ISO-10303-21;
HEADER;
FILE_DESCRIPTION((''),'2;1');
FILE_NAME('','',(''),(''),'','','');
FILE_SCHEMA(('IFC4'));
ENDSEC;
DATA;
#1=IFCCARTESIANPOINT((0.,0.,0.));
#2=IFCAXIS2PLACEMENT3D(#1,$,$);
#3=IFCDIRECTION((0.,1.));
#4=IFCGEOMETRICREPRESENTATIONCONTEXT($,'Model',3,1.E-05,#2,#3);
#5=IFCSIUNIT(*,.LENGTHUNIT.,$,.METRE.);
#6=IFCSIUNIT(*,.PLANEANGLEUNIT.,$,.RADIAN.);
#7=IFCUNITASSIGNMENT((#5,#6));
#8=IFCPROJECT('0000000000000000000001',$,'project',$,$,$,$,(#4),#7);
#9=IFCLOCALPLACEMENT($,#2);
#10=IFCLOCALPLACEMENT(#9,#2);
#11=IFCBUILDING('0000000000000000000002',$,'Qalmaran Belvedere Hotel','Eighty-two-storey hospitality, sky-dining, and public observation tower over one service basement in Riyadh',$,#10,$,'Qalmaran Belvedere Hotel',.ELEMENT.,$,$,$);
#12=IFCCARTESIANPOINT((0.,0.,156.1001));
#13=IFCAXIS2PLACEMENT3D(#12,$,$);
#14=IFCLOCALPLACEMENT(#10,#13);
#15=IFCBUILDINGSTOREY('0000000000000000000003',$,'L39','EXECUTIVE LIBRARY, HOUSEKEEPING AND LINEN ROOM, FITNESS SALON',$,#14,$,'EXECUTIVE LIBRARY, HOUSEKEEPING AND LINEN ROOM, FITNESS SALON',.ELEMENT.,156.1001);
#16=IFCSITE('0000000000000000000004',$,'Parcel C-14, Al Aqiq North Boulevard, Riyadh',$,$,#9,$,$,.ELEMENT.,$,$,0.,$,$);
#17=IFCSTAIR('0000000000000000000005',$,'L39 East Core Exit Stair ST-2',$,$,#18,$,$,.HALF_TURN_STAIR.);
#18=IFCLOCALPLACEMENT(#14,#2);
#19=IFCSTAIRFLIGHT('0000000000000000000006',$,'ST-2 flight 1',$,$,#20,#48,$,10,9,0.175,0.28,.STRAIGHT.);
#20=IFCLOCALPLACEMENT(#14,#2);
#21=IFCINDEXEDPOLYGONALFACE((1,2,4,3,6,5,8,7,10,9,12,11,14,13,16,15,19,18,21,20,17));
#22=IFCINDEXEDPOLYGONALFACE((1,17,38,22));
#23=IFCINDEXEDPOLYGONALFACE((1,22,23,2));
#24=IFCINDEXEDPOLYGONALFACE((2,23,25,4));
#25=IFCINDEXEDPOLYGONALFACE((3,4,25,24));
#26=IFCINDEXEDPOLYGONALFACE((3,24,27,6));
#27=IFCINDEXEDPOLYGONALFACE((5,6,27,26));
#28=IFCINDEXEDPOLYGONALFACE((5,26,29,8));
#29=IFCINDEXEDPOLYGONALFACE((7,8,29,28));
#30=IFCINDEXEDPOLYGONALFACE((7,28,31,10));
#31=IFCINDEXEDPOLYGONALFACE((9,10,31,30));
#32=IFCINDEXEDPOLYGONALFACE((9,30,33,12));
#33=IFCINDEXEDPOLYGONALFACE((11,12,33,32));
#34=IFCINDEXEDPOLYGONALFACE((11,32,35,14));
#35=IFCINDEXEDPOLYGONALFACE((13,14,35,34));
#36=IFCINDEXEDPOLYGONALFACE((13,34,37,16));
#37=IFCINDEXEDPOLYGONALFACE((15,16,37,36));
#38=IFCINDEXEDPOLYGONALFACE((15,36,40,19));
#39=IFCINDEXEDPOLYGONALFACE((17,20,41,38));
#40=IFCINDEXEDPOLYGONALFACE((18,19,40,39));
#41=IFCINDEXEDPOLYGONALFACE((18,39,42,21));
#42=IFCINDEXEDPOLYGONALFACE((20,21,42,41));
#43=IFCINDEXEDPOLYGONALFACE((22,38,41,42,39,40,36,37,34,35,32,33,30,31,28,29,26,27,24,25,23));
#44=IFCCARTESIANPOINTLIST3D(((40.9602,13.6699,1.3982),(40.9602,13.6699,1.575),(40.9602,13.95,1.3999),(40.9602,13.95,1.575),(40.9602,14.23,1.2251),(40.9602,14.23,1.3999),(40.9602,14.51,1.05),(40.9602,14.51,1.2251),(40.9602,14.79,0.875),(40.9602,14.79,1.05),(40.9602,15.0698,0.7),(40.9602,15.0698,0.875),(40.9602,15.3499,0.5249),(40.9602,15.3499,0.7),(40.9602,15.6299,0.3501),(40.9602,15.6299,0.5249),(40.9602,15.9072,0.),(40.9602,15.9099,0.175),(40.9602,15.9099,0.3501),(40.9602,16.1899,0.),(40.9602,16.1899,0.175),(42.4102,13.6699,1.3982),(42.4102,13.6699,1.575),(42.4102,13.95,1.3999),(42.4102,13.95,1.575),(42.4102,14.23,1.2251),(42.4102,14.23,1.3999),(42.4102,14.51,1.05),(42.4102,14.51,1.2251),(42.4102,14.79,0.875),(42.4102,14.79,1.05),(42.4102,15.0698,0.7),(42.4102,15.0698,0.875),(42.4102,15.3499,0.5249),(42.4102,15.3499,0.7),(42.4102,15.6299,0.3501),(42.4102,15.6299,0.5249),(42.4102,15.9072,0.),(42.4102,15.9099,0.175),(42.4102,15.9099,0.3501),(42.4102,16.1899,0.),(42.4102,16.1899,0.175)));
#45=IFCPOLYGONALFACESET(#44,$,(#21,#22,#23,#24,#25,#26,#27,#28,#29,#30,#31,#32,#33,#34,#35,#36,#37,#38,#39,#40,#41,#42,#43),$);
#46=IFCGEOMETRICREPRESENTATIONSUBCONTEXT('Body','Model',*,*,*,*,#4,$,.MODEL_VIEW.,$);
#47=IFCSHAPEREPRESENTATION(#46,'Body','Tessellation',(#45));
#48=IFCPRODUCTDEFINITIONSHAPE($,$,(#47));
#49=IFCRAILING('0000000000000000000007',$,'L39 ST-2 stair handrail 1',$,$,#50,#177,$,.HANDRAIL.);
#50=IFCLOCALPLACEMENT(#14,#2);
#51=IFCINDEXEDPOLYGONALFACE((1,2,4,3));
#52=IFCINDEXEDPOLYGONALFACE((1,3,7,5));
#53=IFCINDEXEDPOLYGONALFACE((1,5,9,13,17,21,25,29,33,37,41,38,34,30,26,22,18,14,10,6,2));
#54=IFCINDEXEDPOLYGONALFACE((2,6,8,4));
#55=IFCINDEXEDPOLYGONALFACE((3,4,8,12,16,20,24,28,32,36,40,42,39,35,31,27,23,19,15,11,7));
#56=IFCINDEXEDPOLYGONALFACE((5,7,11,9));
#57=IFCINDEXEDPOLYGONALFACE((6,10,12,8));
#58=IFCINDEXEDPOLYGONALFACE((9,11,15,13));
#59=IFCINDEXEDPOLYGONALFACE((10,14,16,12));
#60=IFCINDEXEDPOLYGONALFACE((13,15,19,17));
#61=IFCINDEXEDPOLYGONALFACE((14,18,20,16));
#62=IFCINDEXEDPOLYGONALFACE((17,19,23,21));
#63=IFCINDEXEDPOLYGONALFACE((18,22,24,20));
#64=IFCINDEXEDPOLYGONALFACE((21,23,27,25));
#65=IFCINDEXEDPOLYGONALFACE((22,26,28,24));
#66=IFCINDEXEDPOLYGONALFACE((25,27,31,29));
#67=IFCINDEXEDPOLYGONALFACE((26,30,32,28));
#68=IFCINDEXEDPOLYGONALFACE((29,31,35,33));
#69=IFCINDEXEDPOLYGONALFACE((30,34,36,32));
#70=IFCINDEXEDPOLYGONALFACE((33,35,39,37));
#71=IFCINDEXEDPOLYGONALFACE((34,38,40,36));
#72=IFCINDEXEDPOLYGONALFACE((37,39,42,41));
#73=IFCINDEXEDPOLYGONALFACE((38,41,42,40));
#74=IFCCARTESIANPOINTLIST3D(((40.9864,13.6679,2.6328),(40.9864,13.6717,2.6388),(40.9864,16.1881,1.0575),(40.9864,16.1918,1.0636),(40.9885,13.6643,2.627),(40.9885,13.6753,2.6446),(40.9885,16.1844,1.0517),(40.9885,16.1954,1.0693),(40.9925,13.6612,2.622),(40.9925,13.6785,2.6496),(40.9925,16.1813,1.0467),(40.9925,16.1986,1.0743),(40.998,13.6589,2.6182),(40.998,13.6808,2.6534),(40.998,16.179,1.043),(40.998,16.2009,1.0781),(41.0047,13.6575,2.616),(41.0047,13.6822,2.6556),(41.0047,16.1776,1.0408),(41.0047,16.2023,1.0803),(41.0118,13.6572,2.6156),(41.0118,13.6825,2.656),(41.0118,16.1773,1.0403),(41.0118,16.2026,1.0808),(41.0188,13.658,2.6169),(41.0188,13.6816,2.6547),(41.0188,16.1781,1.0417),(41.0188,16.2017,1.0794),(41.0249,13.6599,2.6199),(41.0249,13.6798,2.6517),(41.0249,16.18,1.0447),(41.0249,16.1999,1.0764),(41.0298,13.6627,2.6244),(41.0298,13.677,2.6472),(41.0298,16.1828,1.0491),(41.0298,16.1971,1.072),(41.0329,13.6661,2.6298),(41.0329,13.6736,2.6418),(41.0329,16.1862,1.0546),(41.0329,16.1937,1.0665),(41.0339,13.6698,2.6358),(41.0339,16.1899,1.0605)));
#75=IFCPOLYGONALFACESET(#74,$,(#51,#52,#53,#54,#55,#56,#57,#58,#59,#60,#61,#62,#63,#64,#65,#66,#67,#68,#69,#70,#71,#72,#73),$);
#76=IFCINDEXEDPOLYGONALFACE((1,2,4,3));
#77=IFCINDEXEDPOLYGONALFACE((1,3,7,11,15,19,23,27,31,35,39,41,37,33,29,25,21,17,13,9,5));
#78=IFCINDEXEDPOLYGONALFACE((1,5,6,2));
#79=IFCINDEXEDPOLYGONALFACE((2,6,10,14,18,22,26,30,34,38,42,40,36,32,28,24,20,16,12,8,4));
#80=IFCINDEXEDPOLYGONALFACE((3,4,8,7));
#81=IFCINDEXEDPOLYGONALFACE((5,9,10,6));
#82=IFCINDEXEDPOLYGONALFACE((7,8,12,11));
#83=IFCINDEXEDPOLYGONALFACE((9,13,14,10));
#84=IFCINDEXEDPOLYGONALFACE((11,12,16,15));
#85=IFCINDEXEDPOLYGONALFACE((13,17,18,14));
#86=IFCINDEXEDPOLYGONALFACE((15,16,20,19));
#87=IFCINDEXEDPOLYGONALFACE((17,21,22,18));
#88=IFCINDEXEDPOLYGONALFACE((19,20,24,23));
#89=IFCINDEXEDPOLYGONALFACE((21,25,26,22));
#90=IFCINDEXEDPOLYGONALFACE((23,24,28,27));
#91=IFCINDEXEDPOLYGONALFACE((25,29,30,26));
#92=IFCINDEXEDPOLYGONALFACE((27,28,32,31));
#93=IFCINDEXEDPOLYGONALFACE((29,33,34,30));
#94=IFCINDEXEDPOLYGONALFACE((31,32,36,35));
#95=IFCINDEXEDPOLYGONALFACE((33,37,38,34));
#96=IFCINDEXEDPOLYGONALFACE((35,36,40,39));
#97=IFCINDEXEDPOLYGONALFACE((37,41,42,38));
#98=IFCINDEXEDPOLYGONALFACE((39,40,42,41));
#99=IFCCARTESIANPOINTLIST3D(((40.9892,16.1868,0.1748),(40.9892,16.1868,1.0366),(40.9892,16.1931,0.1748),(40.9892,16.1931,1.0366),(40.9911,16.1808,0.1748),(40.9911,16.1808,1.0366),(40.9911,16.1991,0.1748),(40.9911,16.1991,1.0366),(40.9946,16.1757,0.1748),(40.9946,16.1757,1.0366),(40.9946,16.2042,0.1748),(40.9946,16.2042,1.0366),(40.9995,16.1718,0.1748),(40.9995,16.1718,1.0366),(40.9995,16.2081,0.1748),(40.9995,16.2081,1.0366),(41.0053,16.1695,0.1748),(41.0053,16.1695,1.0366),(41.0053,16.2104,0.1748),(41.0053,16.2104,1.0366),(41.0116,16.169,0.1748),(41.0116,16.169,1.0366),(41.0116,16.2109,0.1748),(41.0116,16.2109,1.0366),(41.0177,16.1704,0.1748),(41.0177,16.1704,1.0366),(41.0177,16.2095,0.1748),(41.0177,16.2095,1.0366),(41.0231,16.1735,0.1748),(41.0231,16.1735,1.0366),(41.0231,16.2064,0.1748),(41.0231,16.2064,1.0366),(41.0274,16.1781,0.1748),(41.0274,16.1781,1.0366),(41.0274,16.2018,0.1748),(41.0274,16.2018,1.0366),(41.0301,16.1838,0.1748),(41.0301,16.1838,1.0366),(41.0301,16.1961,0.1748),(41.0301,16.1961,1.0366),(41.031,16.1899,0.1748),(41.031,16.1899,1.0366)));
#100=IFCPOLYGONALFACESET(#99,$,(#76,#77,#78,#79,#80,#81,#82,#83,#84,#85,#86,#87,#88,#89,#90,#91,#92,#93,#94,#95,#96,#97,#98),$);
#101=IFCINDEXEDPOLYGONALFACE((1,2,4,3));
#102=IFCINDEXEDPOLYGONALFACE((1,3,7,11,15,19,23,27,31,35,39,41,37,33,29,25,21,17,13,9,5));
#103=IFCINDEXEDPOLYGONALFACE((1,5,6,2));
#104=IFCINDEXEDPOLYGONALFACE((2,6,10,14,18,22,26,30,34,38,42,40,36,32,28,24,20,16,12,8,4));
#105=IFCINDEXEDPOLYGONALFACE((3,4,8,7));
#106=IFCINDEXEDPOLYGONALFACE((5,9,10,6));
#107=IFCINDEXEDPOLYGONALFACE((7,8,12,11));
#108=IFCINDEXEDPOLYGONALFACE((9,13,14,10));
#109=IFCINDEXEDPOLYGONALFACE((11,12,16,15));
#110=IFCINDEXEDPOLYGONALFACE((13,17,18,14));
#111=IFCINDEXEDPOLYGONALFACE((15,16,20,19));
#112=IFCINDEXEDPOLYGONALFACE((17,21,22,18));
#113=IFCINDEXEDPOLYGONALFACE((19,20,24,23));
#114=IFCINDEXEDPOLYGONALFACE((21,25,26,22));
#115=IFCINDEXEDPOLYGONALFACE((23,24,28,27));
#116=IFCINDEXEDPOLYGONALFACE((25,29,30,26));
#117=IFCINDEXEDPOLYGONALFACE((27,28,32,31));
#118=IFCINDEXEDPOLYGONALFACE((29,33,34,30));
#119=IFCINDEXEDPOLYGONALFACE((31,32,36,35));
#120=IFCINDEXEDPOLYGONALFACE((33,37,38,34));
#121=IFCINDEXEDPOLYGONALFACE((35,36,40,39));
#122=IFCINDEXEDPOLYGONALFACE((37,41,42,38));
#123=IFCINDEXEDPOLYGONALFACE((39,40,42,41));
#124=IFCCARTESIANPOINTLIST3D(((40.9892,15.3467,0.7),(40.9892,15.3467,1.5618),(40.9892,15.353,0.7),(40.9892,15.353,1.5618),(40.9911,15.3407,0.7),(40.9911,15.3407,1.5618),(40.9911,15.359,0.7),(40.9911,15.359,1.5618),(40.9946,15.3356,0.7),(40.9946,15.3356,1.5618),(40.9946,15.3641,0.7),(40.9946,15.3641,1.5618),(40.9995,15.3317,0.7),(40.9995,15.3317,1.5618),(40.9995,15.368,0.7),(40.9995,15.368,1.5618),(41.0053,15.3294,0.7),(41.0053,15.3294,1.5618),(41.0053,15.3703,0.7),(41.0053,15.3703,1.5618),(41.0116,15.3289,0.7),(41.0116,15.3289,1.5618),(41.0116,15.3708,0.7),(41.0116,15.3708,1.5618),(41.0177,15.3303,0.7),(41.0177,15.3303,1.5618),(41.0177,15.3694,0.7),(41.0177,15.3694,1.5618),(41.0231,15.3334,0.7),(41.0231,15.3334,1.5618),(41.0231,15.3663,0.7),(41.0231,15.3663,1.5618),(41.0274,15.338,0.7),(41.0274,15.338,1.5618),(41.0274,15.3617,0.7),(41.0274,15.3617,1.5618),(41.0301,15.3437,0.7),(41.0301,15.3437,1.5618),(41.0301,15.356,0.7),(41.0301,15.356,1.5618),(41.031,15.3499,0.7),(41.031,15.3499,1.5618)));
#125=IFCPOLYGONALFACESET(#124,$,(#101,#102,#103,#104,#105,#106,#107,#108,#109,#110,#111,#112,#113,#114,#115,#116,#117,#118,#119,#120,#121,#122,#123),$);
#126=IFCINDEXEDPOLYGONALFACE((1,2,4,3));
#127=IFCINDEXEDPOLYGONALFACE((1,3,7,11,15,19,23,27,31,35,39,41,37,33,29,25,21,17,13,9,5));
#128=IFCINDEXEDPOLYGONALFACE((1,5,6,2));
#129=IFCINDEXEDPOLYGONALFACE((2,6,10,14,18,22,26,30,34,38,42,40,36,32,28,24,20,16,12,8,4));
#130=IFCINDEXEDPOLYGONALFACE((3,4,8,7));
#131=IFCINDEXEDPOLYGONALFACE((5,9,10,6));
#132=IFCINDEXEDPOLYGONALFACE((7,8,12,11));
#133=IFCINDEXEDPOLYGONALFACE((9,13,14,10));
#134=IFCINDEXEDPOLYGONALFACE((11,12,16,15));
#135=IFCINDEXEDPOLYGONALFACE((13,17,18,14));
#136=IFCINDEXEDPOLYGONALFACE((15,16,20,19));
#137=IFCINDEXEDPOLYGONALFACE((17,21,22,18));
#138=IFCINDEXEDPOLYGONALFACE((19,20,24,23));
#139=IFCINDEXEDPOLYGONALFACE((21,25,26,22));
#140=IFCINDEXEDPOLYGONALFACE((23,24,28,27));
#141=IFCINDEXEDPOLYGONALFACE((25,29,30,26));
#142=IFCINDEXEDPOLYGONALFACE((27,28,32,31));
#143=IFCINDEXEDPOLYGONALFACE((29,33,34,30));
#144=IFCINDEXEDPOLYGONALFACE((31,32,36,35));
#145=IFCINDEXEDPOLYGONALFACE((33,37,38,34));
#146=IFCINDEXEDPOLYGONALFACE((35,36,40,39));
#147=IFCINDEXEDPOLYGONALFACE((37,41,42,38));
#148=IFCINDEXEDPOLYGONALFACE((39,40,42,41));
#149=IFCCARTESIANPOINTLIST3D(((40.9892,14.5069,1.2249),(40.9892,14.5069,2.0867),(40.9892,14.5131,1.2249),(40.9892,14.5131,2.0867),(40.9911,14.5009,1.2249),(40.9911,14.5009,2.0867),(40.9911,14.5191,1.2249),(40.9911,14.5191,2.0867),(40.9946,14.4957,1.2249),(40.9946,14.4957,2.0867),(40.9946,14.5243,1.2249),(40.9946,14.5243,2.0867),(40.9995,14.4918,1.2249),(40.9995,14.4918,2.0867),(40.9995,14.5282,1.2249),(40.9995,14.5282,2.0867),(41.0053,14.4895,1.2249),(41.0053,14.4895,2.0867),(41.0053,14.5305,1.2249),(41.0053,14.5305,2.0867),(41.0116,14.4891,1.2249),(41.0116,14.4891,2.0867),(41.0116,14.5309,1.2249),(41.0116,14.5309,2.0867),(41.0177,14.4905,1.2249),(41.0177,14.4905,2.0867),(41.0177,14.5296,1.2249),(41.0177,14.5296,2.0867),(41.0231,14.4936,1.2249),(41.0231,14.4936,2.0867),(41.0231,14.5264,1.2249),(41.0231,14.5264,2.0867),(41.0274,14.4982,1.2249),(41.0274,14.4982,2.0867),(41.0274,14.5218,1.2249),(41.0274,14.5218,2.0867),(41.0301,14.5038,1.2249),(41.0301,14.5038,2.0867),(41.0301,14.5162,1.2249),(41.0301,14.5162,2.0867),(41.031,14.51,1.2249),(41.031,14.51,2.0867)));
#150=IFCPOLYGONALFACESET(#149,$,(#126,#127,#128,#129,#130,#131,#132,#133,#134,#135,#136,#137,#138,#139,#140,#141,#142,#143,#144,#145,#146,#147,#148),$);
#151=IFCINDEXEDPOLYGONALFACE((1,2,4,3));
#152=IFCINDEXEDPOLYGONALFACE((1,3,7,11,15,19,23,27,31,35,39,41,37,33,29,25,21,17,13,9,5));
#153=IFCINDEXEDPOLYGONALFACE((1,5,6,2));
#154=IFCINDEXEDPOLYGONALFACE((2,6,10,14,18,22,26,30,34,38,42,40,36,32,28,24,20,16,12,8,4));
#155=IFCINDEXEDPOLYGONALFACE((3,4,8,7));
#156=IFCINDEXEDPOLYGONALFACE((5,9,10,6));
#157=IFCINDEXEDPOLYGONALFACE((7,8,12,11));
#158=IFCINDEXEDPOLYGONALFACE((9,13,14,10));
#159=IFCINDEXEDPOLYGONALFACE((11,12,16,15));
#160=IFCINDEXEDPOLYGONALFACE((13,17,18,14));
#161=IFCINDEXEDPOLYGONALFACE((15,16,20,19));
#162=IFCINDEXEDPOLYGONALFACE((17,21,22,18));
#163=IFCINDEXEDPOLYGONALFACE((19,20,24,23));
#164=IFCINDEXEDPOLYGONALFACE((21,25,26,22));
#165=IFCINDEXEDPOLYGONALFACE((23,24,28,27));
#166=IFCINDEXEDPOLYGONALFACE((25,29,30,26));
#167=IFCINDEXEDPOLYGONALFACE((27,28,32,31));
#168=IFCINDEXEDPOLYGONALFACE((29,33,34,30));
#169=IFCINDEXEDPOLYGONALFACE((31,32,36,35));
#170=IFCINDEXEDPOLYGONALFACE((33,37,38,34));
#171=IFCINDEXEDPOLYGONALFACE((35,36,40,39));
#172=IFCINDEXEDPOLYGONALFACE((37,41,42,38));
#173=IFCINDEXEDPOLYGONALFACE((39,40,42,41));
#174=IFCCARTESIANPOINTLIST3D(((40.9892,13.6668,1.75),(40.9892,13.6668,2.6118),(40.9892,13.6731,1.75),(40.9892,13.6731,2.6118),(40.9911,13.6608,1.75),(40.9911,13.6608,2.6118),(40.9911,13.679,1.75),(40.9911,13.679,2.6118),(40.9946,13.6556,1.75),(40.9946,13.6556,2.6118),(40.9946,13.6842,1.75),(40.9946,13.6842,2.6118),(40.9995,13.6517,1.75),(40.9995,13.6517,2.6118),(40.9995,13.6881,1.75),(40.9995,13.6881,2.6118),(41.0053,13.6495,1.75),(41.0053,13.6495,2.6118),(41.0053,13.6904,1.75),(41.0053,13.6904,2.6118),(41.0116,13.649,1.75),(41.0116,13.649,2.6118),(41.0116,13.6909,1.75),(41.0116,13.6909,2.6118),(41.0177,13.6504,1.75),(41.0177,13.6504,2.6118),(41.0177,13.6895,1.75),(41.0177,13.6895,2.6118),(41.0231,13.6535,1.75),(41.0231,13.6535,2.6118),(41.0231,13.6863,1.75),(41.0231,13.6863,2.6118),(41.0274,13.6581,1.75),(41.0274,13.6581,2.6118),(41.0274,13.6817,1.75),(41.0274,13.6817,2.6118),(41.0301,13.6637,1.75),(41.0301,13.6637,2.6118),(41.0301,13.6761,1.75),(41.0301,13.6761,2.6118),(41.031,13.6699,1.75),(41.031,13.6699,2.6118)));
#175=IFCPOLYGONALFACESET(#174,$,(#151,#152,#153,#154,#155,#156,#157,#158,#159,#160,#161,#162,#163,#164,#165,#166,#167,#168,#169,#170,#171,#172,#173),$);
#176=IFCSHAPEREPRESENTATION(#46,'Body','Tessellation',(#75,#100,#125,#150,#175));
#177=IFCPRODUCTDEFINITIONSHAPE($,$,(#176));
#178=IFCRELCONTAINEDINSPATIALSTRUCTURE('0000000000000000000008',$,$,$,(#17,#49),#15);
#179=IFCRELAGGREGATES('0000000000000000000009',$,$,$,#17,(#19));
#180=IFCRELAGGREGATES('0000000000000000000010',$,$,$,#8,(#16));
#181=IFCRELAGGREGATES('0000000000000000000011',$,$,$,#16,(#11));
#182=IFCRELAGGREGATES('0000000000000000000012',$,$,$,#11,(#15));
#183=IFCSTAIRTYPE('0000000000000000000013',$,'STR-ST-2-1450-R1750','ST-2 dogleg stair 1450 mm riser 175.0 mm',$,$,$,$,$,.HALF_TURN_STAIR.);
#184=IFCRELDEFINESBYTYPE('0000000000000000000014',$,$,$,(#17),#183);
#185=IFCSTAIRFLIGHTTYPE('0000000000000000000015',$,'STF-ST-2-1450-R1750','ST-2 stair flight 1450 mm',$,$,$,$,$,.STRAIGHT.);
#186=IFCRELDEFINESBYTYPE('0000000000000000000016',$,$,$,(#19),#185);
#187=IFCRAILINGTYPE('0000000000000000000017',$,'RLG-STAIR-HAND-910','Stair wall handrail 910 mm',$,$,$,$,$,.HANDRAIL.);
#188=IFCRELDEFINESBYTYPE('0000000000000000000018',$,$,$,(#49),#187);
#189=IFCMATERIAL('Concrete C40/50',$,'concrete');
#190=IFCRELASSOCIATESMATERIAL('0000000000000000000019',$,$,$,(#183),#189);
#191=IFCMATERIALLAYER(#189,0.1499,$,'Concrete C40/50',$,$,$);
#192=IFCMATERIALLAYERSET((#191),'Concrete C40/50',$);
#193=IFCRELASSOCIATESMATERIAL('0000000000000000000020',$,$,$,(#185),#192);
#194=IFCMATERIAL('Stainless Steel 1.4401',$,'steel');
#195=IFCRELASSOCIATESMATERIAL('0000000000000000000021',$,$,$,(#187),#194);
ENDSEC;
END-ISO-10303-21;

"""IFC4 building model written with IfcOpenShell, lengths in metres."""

from ifc_helpers import new_model, si_unit, direction, frame, origin, origin_2d, place, context, subcontext, project, spatial, polyline, circle, outline, extrude, material, layer, layer_set, type_object, element, aggregate, save


model = new_model("IFC4")

# Units and contexts
model_context = context("Model", 3, precision=1e-05, world=origin(), true_north=direction((0.0, 1.0)))
body_context = subcontext(model_context, "Body", "Model", "MODEL_VIEW")
ifc_project = project(units=[si_unit("LENGTHUNIT", "METRE"), si_unit("PLANEANGLEUNIT", "RADIAN")], contexts=[model_context])

# Site, building, storey
site_placement = place(None, origin())
site = spatial("IfcSite", under=ifc_project, at=site_placement, Name="Parcel C-14, Al Aqiq North Boulevard, Riyadh", CompositionType="ELEMENT", RefElevation=0.0)
building_placement = place(site_placement, origin())
building = spatial("IfcBuilding", under=site, at=building_placement, Name="Qalmaran Belvedere Hotel", Description="Eighty-two-storey hospitality, sky-dining, and public observation tower over one service basement in Riyadh", LongName="Qalmaran Belvedere Hotel", CompositionType="ELEMENT")
storey_placement = place(building_placement, frame((0.0, 0.0, 156.1001)))
storey = spatial("IfcBuildingStorey", under=building, at=storey_placement, Name="L39", Description="EXECUTIVE LIBRARY, HOUSEKEEPING AND LINEN ROOM, FITNESS SALON", LongName="EXECUTIVE LIBRARY, HOUSEKEEPING AND LINEN ROOM, FITNESS SALON", CompositionType="ELEMENT", Elevation=156.1001)

# Shared definitions
ifc_material_1 = material(Name="Stainless Steel 1.4401", Category="steel")

# Stair, stair flight
ifc_material_2 = material(Name="Concrete C40/50", Category="concrete")
stair_type = type_object("IfcStairType", Name="STR-ST-2-1450-R1750", Description="ST-2 dogleg stair 1450 mm riser 175.0 mm", PredefinedType="HALF_TURN_STAIR", material=ifc_material_2)
stair_placement = place(storey_placement, origin())
stair = element("IfcStair", 1, at=stair_placement, inside=storey, type_object=stair_type, Name="L39 East Core Exit Stair ST-2", PredefinedType="HALF_TURN_STAIR")
ifc_layer_1 = layer(ifc_material_2, 0.1499, Name="Concrete C40/50")
ifc_layer_set_1 = layer_set([ifc_layer_1], Name="Concrete C40/50")
stair_flight_type = type_object("IfcStairFlightType", Name="STF-ST-2-1450-R1750", Description="ST-2 stair flight 1450 mm", PredefinedType="STRAIGHT", material=ifc_layer_set_1)
stair_flight_placement = place(storey_placement, frame((41.6851, 16.1899, 0.0), z_axis=(0.0, 0.0, 1.0), x_axis=(0.0, -1.0, 0.0)))
stair_flight = element("IfcStairFlight", 2, at=stair_flight_placement, type_object=stair_flight_type, Name="ST-2 flight 1", NumberOfRisers=10, NumberOfTreads=9, PredefinedType="STRAIGHT", RiserHeight=0.175, TreadLength=0.28, context=body_context, shape_type="SweptSolid", body=[
    extrude(outline(polyline([(0.0, 0.0), (0.0, 0.175), (0.28, 0.175), (0.28, 0.3501), (0.5601, 0.3501), (0.5601, 0.5249), (0.8401, 0.5249), (0.8401, 0.7), (1.1201, 0.7), (1.1201, 0.875), (1.3999, 0.875), (1.3999, 1.05), (1.6799, 1.05), (1.6799, 1.2251), (1.96, 1.2251), (1.96, 1.3999), (2.24, 1.3999), (2.24, 1.575), (2.52, 1.575), (2.52, 1.75), (2.52, 1.3982), (0.2827, 0.0), (0.0, 0.0)])), frame((0.0, 0.7251, 0.0), z_axis=(0.0, -1.0, 0.0), x_axis=(1.0, 0.0, 0.0)), (0.0, 0.0, 1.0), 1.45),
])
aggregate(stair, [stair_flight])

# Railing
railing_type = type_object("IfcRailingType", Name="RLG-STAIR-HAND-910", Description="Stair wall handrail 910 mm", PredefinedType="HANDRAIL", material=ifc_material_1)
railing_placement = place(storey_placement, frame((41.01, 16.1899, 0.1748)))
element("IfcRailing", 3, at=railing_placement, inside=storey, type_object=railing_type, Name="L39 ST-2 stair handrail 1", PredefinedType="HANDRAIL", context=body_context, shape_type="SweptSolid", body=[
    extrude(circle(Radius=0.0239, at=origin_2d()), frame((0.0, 0.0, 0.8857), z_axis=(0.0, -0.847971, 0.530043), x_axis=(1.0, 0.0, 0.0)), (0.0, 0.0, 1.0), 2.9719),
    extrude(circle(Radius=0.021, at=origin_2d()), origin(), (0.0, 0.0, 1.0), 0.8618),
    extrude(circle(Radius=0.021, at=origin_2d()), frame((0.0, -0.8401, 0.5251)), (0.0, 0.0, 1.0), 0.8618),
    extrude(circle(Radius=0.021, at=origin_2d()), frame((0.0, -1.6799, 1.05)), (0.0, 0.0, 1.0), 0.8618),
    extrude(circle(Radius=0.021, at=origin_2d()), frame((0.0, -2.52, 1.5752)), (0.0, 0.0, 1.0), 0.8618),
])

save(model, "model.ifc")
